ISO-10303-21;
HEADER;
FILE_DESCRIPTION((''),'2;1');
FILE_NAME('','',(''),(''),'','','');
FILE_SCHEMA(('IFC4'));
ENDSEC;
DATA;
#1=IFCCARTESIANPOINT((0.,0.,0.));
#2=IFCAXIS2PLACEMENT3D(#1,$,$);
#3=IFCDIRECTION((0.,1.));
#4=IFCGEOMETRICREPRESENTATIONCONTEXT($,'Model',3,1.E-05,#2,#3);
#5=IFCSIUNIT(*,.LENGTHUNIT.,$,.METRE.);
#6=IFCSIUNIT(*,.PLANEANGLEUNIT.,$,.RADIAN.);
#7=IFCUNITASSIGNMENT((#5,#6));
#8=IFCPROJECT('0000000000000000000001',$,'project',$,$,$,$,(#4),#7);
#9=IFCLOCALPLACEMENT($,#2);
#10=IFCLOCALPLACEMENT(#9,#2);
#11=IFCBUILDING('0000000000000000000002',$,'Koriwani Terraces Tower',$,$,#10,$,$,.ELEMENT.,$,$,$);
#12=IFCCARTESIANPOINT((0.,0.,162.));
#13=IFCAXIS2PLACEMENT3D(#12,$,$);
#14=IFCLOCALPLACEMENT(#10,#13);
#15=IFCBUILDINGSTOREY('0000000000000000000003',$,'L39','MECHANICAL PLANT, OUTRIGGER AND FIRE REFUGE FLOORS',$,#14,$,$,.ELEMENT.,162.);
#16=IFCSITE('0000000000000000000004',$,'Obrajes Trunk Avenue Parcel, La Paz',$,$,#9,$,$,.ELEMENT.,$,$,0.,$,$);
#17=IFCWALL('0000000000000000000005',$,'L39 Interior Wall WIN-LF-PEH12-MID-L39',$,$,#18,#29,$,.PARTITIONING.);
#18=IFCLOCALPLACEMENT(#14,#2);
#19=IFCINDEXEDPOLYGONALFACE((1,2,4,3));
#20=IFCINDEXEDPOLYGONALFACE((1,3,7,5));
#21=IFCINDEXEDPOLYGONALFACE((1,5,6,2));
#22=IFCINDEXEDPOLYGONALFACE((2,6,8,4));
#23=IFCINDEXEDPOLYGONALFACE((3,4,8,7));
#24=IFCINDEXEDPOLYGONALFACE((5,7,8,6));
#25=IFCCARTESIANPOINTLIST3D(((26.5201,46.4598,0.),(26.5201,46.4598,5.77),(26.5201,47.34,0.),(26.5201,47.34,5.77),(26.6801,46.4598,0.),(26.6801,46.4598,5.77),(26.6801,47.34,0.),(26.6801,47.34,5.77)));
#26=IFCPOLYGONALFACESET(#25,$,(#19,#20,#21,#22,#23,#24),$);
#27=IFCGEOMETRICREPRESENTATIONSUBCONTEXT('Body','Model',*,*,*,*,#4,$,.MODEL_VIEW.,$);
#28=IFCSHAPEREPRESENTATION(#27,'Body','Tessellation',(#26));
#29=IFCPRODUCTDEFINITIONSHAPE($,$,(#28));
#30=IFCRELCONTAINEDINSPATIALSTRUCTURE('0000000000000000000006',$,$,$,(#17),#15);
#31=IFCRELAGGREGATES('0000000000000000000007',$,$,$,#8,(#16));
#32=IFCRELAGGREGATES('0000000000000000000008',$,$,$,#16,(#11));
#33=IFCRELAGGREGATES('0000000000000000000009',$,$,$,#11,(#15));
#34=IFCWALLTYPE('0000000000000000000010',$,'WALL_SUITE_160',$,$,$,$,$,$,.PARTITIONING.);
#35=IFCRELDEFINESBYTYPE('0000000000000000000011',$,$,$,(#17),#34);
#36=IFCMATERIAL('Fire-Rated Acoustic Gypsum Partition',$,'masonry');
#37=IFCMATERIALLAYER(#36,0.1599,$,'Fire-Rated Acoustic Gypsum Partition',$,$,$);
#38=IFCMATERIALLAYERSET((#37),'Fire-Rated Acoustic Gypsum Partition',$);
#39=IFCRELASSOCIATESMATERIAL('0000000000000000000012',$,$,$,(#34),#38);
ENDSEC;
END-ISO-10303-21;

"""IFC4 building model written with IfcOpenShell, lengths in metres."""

from ifc_helpers import new_model, si_unit, direction, frame, frame_2d, origin, place, context, subcontext, project, spatial, rectangle, extrude, material, layer, layer_set, type_object, element, save


model = new_model("IFC4")

# Units and contexts
model_context = context("Model", 3, precision=1e-05, world=origin(), true_north=direction((0.0, 1.0)))
body_context = subcontext(model_context, "Body", "Model", "MODEL_VIEW")
ifc_project = project(units=[si_unit("LENGTHUNIT", "METRE"), si_unit("PLANEANGLEUNIT", "RADIAN")], contexts=[model_context])

# Site, building, storey
site_placement = place(None, origin())
site = spatial("IfcSite", under=ifc_project, at=site_placement, Name="Obrajes Trunk Avenue Parcel, La Paz", CompositionType="ELEMENT", RefElevation=0.0)
building_placement = place(site_placement, origin())
building = spatial("IfcBuilding", under=site, at=building_placement, Name="Koriwani Terraces Tower", CompositionType="ELEMENT")
storey_placement = place(building_placement, frame((0.0, 0.0, 162.0)))
storey = spatial("IfcBuildingStorey", under=building, at=storey_placement, Name="L39", Description="MECHANICAL PLANT, OUTRIGGER AND FIRE REFUGE FLOORS", CompositionType="ELEMENT", Elevation=162.0)

# Wall
ifc_material_1 = material(Name="Fire-Rated Acoustic Gypsum Partition", Category="masonry")
ifc_layer_1 = layer(ifc_material_1, 0.1599, Name="Fire-Rated Acoustic Gypsum Partition")
ifc_layer_set_1 = layer_set([ifc_layer_1], Name="Fire-Rated Acoustic Gypsum Partition")
wall_type_1 = type_object("IfcWallType", Name="WALL_SUITE_160", PredefinedType="PARTITIONING", material=ifc_layer_set_1)
wall_1_placement = place(storey_placement, frame((26.6001, 46.46, 0.0), z_axis=(0.0, 0.0, 1.0), x_axis=(0.0, 1.0, 0.0)))
element("IfcWall", 1, at=wall_1_placement, inside=storey, type_object=wall_type_1, Name="L39 Interior Wall WIN-LF-PEH12-MID-L39", PredefinedType="PARTITIONING", context=body_context, shape_type="SweptSolid", body=[
    extrude(rectangle(XDim=0.8801, YDim=0.1599, at=frame_2d((0.4399, 0.0))), origin(), (0.0, 0.0, 1.0), 5.77),
])

save(model, "model.ifc")
